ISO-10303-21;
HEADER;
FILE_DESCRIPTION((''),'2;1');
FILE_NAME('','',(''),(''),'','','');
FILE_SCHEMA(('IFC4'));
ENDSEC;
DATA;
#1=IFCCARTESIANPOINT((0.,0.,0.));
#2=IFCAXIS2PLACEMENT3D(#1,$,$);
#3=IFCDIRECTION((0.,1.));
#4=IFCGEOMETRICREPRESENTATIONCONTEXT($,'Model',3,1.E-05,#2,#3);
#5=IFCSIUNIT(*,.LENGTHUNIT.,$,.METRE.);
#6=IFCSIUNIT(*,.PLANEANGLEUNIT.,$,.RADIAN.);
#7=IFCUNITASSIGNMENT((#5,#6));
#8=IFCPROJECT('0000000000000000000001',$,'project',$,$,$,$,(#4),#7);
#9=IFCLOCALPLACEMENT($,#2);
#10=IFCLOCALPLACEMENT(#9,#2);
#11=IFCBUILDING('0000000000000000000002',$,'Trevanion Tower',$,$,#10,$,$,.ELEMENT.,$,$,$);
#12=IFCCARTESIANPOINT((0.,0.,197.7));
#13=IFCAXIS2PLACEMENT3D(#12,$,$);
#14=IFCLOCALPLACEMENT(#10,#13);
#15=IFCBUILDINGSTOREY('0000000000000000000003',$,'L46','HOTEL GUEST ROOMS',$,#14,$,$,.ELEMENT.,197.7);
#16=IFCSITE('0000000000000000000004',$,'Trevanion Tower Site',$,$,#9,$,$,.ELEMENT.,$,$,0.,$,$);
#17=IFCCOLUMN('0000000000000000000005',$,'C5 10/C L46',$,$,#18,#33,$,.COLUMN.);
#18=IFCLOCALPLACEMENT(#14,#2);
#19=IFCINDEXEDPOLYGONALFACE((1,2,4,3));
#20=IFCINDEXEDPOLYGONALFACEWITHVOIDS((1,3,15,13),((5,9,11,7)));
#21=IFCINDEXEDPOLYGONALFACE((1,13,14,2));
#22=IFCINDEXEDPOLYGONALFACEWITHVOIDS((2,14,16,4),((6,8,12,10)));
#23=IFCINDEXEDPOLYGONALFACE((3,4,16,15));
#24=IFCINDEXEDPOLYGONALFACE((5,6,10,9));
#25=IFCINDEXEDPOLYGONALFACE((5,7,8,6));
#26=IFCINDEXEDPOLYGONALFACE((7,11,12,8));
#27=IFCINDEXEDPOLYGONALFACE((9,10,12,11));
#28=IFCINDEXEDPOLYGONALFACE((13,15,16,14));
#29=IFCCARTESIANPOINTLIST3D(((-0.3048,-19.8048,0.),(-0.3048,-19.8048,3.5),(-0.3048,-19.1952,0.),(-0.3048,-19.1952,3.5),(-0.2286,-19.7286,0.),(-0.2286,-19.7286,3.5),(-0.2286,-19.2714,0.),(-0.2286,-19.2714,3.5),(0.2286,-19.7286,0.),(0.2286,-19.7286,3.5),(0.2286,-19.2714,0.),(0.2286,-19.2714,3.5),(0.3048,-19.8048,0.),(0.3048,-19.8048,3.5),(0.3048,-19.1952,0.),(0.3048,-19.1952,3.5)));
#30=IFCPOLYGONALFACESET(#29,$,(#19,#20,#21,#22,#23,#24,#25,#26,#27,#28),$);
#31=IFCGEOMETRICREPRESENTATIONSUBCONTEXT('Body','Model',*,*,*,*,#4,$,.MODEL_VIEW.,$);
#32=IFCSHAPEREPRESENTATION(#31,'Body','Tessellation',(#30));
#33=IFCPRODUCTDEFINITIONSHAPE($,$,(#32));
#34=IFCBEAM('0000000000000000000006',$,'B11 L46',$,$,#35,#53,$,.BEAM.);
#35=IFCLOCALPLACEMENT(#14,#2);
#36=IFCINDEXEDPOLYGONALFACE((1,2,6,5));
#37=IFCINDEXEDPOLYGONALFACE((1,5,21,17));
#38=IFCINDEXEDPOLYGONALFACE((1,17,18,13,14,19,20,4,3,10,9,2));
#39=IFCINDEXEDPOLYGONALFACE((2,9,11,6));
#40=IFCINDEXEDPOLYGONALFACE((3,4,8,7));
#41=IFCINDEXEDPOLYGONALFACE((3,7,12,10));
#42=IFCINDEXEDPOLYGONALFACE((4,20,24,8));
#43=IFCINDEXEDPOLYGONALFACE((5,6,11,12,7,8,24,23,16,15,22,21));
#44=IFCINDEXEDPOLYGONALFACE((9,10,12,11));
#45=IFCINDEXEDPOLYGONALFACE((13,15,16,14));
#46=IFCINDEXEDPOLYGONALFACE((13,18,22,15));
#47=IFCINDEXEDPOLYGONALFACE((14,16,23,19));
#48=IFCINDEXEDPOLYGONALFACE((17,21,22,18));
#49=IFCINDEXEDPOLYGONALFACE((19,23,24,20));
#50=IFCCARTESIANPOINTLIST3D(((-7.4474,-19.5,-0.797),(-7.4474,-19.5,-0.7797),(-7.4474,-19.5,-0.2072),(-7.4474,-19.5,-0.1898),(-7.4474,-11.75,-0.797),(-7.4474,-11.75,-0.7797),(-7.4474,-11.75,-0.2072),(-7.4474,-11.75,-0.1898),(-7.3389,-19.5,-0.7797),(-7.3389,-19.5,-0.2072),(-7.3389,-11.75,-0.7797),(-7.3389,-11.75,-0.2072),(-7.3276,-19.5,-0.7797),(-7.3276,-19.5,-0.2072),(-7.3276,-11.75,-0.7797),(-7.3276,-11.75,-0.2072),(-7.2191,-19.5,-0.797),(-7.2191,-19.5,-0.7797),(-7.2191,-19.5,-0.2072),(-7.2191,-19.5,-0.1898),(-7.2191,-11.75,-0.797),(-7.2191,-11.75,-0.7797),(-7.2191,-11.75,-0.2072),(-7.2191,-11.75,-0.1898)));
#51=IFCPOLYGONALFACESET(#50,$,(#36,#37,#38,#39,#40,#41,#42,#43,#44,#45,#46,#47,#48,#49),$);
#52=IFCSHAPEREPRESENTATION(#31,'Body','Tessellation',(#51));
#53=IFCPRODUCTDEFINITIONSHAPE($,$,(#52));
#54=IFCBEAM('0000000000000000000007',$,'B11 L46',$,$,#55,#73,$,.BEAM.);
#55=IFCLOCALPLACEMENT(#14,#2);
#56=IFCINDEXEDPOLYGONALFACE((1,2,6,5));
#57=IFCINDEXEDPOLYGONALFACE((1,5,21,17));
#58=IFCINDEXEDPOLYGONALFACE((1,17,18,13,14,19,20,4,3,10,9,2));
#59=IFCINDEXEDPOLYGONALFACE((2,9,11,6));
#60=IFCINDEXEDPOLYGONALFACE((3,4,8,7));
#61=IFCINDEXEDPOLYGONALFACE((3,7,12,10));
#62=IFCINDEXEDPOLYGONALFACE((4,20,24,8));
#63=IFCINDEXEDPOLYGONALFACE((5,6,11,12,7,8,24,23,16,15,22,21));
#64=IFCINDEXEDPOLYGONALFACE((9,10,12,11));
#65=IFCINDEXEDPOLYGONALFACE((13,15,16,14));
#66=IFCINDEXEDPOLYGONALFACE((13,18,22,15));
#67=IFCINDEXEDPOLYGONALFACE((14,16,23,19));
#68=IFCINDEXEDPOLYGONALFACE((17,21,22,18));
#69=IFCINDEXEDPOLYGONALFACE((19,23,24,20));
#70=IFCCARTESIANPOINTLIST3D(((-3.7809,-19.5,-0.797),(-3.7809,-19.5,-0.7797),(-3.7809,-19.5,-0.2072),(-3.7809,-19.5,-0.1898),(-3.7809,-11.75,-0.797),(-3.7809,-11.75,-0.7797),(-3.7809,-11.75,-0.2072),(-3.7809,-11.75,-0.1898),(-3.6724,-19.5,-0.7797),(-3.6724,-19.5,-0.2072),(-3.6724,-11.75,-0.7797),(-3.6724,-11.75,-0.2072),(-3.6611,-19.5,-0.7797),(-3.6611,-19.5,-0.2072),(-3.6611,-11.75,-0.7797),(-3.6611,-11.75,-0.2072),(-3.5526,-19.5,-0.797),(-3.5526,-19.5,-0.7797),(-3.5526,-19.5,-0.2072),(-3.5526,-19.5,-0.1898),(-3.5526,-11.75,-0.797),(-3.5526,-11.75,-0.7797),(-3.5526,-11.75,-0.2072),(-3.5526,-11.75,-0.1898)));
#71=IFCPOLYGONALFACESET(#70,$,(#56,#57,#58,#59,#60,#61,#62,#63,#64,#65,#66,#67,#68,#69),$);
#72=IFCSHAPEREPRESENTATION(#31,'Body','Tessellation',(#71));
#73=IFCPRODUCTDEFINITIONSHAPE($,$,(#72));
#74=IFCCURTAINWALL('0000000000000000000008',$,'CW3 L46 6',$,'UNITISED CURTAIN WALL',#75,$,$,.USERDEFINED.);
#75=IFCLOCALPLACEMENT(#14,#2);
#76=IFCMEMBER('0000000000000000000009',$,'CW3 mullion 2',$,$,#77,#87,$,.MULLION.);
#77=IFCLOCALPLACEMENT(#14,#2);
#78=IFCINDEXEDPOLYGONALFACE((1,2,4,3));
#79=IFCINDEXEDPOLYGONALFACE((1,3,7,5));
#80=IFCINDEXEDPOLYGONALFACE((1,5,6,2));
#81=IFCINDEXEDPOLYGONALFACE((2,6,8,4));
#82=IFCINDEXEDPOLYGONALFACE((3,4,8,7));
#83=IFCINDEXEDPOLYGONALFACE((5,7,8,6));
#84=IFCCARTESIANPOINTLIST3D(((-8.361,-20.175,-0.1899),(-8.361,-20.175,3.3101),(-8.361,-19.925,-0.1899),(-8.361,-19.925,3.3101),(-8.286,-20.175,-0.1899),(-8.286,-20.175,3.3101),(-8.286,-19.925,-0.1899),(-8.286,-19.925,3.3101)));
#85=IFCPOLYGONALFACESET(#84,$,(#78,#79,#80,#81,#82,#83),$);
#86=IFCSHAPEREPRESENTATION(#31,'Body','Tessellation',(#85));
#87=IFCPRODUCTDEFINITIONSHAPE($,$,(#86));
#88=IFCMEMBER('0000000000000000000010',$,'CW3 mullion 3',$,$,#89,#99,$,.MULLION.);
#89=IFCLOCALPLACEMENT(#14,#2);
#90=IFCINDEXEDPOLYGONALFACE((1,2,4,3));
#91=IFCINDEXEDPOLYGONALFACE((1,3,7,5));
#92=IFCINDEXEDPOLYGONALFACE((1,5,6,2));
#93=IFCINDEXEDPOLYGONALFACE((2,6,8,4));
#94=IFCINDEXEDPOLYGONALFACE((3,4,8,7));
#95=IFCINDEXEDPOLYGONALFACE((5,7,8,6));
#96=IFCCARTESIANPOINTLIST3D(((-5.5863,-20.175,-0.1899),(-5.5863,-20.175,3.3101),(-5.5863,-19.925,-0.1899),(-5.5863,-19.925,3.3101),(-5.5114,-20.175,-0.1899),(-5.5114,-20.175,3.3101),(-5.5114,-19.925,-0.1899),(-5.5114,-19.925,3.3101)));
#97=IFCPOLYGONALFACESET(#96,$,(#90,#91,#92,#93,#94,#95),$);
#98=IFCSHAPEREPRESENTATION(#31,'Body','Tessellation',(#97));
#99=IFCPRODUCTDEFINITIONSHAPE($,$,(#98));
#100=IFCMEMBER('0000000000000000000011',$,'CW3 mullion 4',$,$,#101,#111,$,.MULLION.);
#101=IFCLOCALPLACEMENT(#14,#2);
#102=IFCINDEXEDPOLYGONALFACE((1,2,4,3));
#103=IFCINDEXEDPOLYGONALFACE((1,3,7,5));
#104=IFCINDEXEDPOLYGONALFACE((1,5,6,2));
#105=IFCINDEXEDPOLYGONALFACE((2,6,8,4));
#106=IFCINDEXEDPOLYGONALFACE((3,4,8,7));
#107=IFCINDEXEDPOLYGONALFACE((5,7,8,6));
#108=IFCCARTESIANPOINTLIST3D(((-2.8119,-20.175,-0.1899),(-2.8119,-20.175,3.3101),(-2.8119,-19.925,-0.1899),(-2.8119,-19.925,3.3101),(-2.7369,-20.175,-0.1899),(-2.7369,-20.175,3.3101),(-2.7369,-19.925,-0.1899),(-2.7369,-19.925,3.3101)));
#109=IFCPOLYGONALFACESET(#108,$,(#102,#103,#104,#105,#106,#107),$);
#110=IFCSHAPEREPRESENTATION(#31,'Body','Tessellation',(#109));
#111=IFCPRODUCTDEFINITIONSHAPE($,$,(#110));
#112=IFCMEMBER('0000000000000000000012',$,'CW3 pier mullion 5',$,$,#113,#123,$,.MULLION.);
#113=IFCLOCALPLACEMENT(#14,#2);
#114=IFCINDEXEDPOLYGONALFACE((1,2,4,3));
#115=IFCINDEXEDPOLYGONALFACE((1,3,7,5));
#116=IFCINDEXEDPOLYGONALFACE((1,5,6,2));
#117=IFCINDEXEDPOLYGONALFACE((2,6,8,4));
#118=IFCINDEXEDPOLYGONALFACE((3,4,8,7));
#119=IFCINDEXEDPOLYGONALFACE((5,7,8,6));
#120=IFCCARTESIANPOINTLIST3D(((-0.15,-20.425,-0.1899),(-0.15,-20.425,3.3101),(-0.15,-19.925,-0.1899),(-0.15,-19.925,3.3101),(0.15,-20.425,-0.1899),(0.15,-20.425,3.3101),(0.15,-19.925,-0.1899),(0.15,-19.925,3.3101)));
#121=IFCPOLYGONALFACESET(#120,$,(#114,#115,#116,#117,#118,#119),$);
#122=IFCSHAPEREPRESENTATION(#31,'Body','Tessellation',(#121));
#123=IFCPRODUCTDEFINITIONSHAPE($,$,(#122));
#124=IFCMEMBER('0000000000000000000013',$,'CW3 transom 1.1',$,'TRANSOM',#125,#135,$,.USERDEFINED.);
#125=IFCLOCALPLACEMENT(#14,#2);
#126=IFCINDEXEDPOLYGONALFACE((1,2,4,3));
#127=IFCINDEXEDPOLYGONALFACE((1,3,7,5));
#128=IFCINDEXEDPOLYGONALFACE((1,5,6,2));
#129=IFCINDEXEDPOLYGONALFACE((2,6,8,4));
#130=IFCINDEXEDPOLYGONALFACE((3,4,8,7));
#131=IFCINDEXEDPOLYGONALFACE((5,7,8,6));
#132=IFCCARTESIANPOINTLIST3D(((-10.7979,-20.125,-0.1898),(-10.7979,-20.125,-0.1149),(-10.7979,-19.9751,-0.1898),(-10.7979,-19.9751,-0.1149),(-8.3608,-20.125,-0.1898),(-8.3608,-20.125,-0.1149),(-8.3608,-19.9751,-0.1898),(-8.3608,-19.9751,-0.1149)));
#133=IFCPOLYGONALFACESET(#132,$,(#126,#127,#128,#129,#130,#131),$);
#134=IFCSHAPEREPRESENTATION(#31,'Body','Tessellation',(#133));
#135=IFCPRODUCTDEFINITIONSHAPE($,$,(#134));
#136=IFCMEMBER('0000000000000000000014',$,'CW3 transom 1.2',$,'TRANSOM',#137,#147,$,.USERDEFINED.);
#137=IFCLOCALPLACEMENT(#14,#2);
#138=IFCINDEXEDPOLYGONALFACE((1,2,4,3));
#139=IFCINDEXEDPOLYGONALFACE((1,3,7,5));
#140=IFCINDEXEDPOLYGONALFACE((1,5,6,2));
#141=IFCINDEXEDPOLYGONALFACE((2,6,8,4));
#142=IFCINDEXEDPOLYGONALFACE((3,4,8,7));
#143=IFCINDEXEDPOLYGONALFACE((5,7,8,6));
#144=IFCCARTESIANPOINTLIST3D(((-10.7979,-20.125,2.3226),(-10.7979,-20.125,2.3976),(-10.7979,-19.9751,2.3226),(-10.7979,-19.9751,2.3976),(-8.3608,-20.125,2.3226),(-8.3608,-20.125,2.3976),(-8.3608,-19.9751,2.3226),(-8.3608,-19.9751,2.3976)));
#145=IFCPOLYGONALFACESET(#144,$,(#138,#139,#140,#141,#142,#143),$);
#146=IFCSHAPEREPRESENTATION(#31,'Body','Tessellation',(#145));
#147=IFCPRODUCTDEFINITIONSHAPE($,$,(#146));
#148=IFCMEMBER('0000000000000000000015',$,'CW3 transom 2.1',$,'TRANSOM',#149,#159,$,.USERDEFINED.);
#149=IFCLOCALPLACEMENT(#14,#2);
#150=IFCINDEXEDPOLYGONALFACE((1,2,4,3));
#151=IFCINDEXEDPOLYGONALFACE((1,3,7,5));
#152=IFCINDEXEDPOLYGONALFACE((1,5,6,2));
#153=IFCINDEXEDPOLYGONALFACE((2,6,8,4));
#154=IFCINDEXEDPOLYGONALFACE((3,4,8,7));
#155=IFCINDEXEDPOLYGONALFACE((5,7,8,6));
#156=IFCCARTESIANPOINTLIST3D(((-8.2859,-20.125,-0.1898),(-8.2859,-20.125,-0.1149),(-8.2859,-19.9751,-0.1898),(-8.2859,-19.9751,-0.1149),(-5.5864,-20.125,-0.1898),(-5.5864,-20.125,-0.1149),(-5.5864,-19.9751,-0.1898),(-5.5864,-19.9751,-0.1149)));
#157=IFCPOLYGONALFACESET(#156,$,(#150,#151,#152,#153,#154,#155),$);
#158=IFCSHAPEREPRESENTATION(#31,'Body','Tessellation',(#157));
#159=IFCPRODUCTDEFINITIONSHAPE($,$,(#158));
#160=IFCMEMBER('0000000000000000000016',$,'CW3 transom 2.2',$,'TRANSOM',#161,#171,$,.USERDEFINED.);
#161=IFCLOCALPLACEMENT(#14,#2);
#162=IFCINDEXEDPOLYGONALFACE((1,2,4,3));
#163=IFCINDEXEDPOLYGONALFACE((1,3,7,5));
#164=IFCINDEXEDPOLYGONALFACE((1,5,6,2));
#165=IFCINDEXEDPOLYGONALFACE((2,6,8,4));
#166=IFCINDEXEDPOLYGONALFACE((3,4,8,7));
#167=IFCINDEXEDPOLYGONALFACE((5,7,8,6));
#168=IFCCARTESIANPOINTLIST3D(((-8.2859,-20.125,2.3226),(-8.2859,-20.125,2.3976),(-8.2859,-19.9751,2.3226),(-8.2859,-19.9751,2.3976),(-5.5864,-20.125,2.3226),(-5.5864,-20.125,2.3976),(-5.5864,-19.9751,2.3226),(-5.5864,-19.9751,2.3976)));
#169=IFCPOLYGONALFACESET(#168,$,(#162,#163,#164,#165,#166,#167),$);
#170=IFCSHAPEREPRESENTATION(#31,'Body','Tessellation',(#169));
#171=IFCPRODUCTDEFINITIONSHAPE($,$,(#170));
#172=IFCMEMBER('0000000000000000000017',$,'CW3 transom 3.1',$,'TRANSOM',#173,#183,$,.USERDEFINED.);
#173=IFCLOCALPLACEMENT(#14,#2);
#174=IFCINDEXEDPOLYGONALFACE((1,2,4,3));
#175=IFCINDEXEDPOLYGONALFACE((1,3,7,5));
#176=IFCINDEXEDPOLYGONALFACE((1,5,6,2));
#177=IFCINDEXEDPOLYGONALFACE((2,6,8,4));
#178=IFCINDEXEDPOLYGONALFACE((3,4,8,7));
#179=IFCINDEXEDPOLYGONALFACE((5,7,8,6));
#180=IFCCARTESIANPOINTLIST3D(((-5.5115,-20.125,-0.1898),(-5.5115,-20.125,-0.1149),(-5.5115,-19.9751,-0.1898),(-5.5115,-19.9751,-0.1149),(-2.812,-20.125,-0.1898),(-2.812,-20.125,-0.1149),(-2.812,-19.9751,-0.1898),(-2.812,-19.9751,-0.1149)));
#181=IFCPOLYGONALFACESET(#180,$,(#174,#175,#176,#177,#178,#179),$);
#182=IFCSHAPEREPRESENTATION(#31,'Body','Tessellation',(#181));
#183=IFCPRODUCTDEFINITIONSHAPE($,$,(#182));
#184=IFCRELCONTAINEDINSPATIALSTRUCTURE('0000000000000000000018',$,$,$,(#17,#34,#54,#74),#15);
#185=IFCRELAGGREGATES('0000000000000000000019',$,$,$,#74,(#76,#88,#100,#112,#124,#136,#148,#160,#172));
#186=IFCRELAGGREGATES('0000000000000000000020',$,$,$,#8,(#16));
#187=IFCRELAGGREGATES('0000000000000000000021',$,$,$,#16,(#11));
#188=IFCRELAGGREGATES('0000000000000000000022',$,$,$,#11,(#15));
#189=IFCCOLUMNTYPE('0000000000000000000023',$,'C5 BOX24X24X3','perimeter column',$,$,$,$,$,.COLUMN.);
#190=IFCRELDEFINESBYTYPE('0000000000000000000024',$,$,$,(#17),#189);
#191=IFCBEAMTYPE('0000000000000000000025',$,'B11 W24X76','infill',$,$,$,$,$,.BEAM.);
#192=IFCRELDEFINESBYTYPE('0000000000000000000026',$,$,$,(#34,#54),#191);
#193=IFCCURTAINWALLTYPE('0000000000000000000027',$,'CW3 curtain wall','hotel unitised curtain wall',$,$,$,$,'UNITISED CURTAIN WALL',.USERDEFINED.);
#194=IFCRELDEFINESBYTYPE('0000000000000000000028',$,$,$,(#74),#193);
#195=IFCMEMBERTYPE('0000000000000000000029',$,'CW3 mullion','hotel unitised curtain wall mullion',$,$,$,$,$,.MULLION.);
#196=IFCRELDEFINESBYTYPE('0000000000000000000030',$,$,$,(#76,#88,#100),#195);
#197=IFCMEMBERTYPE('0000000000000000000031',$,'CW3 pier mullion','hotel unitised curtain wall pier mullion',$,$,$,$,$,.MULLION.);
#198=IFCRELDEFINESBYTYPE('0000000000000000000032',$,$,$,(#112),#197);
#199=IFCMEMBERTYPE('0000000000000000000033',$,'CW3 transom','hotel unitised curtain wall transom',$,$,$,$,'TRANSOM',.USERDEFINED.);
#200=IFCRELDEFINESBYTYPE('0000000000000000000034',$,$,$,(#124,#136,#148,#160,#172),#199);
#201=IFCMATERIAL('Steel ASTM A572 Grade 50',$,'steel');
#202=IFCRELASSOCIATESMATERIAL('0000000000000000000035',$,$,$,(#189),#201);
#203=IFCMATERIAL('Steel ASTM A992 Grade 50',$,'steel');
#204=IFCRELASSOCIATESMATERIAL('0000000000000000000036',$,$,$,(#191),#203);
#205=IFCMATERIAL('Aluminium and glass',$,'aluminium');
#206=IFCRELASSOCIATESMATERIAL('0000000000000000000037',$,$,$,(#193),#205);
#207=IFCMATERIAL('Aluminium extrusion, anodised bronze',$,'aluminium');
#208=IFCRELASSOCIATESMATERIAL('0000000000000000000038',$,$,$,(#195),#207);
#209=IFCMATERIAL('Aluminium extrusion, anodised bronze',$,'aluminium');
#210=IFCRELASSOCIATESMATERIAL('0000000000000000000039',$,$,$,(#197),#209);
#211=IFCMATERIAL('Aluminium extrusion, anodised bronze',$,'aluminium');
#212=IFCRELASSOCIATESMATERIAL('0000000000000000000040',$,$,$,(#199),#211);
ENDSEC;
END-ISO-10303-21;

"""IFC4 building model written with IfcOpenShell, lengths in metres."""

from ifc_helpers import new_model, si_unit, direction, frame, origin, origin_2d, place, context, subcontext, project, spatial, rectangle, hollow_rectangle, i_section, extrude, material, material_profile, profile_set, type_object, element, aggregate, save


model = new_model("IFC4")

# Units and contexts
model_context = context("Model", 3, precision=1e-05, world=origin(), true_north=direction((0.0, 1.0)))
body_context = subcontext(model_context, "Body", "Model", "MODEL_VIEW")
ifc_project = project(units=[si_unit("LENGTHUNIT", "METRE"), si_unit("PLANEANGLEUNIT", "RADIAN")], contexts=[model_context])

# Site, building, storey
site_placement = place(None, origin())
site = spatial("IfcSite", under=ifc_project, at=site_placement, Name="Trevanion Tower Site", CompositionType="ELEMENT", RefElevation=0.0)
building_placement = place(site_placement, origin())
building = spatial("IfcBuilding", under=site, at=building_placement, Name="Trevanion Tower", CompositionType="ELEMENT")
storey_placement = place(building_placement, frame((0.0, 0.0, 197.7)))
storey = spatial("IfcBuildingStorey", under=building, at=storey_placement, Name="L46", Description="HOTEL GUEST ROOMS", CompositionType="ELEMENT", Elevation=197.7)

# Column
ifc_material_1 = material(Name="Steel ASTM A572 Grade 50", Category="steel")
ifc_material_profile_1 = material_profile(ifc_material_1, hollow_rectangle(XDim=0.6096, YDim=0.6096, WallThickness=0.0762, at=origin_2d()), Name="BOX24X24X3")
ifc_profile_set_1 = profile_set([ifc_material_profile_1], Name="Steel ASTM A572 Grade 50")
column_type = type_object("IfcColumnType", Name="C5 BOX24X24X3", Description="perimeter column", PredefinedType="COLUMN", material=ifc_profile_set_1)
column_placement = place(storey_placement, frame((0.0, -19.5, 0.0), z_axis=(0.0, 0.0, 1.0), x_axis=(1.0, 0.0, 0.0)))
element("IfcColumn", 1, at=column_placement, inside=storey, type_object=column_type, Name="C5 10/C L46", PredefinedType="COLUMN", context=body_context, shape_type="SweptSolid", body=[
    extrude(hollow_rectangle(XDim=0.6096, YDim=0.6096, WallThickness=0.0762, at=origin_2d()), origin(), (0.0, 0.0, 1.0), 3.5),
])

# Beams
ifc_material_2 = material(Name="Steel ASTM A992 Grade 50", Category="steel")
ifc_material_profile_2 = material_profile(ifc_material_2, i_section(OverallWidth=0.2283, OverallDepth=0.6072, WebThickness=0.0112, FlangeThickness=0.0173, at=origin_2d()), Name="W24X76")
ifc_profile_set_2 = profile_set([ifc_material_profile_2], Name="Steel ASTM A992 Grade 50")
beam_type_1 = type_object("IfcBeamType", Name="B11 W24X76", Description="infill", PredefinedType="BEAM", material=ifc_profile_set_2)
for number, where, z_axis, x_axis, name in (
    (2, (-7.3333, -11.75, -0.4934), (0.0, -1.0, 0.0), (1.0, 0.0, 0.0), "B11 L46"),
    (3, (-3.6667, -11.75, -0.4934), (0.0, -1.0, 0.0), (1.0, 0.0, 0.0), "B11 L46"),
):
    element("IfcBeam", number, at=place(storey_placement, frame(where, z_axis=z_axis, x_axis=x_axis)), inside=storey, type_object=beam_type_1, Name=name, PredefinedType="BEAM", context=body_context, shape_type="SweptSolid", body=[
        extrude(i_section(OverallWidth=0.2283, OverallDepth=0.6072, WebThickness=0.0112, FlangeThickness=0.0173, at=origin_2d()), origin(), (0.0, 0.0, 1.0), 7.75),
    ])

# Curtain wall, members
ifc_material_3 = material(Name="Aluminium and glass", Category="aluminium")
curtain_wall_type = type_object("IfcCurtainWallType", Name="CW3 curtain wall", Description="hotel unitised curtain wall", ElementType="UNITISED CURTAIN WALL", PredefinedType="USERDEFINED", material=ifc_material_3)
curtain_wall_placement = place(storey_placement, origin())
curtain_wall = element("IfcCurtainWall", 4, at=curtain_wall_placement, inside=storey, type_object=curtain_wall_type, Name="CW3 L46 6", ObjectType="UNITISED CURTAIN WALL", PredefinedType="USERDEFINED")
ifc_material_4 = material(Name="Aluminium extrusion, anodised bronze", Category="aluminium")
ifc_material_profile_3 = material_profile(ifc_material_4, rectangle(XDim=0.075, YDim=0.25, at=origin_2d()), Name="CW3 mullion")
ifc_profile_set_3 = profile_set([ifc_material_profile_3], Name="Aluminium extrusion, anodised bronze")
member_type_1 = type_object("IfcMemberType", Name="CW3 mullion", Description="hotel unitised curtain wall mullion", PredefinedType="MULLION", material=ifc_profile_set_3)
member_1_placement = place(storey_placement, frame((-8.3235, -20.05, -0.1899), z_axis=(0.0, 0.0, 1.0), x_axis=(1.0, 0.0, 0.0)))
member_1 = element("IfcMember", 5, at=member_1_placement, type_object=member_type_1, Name="CW3 mullion 2", PredefinedType="MULLION", context=body_context, shape_type="SweptSolid", body=[
    extrude(rectangle(XDim=0.075, YDim=0.25, at=origin_2d()), origin(), (0.0, 0.0, 1.0), 3.5),
])
member_2_placement = place(storey_placement, frame((-5.5488, -20.05, -0.1899), z_axis=(0.0, 0.0, 1.0), x_axis=(1.0, 0.0, 0.0)))
member_2 = element("IfcMember", 6, at=member_2_placement, type_object=member_type_1, Name="CW3 mullion 3", PredefinedType="MULLION", context=body_context, shape_type="SweptSolid", body=[
    extrude(rectangle(XDim=0.075, YDim=0.25, at=origin_2d()), origin(), (0.0, 0.0, 1.0), 3.5),
])
member_3_placement = place(storey_placement, frame((-2.7744, -20.05, -0.1899), z_axis=(0.0, 0.0, 1.0), x_axis=(1.0, 0.0, 0.0)))
member_3 = element("IfcMember", 7, at=member_3_placement, type_object=member_type_1, Name="CW3 mullion 4", PredefinedType="MULLION", context=body_context, shape_type="SweptSolid", body=[
    extrude(rectangle(XDim=0.075, YDim=0.25, at=origin_2d()), origin(), (0.0, 0.0, 1.0), 3.5),
])
ifc_material_5 = material(Name="Aluminium extrusion, anodised bronze", Category="aluminium")
ifc_material_profile_4 = material_profile(ifc_material_5, rectangle(XDim=0.3, YDim=0.5, at=origin_2d()), Name="CW3 pier mullion")
ifc_profile_set_4 = profile_set([ifc_material_profile_4], Name="Aluminium extrusion, anodised bronze")
member_type_2 = type_object("IfcMemberType", Name="CW3 pier mullion", Description="hotel unitised curtain wall pier mullion", PredefinedType="MULLION", material=ifc_profile_set_4)
member_4_placement = place(storey_placement, frame((0.0, -20.175, -0.1899), z_axis=(0.0, 0.0, 1.0), x_axis=(1.0, 0.0, 0.0)))
member_4 = element("IfcMember", 8, at=member_4_placement, type_object=member_type_2, Name="CW3 pier mullion 5", PredefinedType="MULLION", context=body_context, shape_type="SweptSolid", body=[
    extrude(rectangle(XDim=0.3, YDim=0.5, at=origin_2d()), origin(), (0.0, 0.0, 1.0), 3.5),
])
ifc_material_6 = material(Name="Aluminium extrusion, anodised bronze", Category="aluminium")
ifc_material_profile_5 = material_profile(ifc_material_6, rectangle(XDim=0.1499, YDim=0.075, at=origin_2d()), Name="CW3 transom")
ifc_profile_set_5 = profile_set([ifc_material_profile_5], Name="Aluminium extrusion, anodised bronze")
member_type_3 = type_object("IfcMemberType", Name="CW3 transom", Description="hotel unitised curtain wall transom", ElementType="TRANSOM", PredefinedType="USERDEFINED", material=ifc_profile_set_5)
member_5_placement = place(storey_placement, frame((-10.7979, -20.05, -0.1523), z_axis=(1.0, 0.0, 0.0), x_axis=(0.0, 1.0, 0.0)))
member_5 = element("IfcMember", 9, at=member_5_placement, type_object=member_type_3, Name="CW3 transom 1.1", ObjectType="TRANSOM", PredefinedType="USERDEFINED", context=body_context, shape_type="SweptSolid", body=[
    extrude(rectangle(XDim=0.1499, YDim=0.075, at=origin_2d()), origin(), (0.0, 0.0, 1.0), 2.437),
])
member_6_placement = place(storey_placement, frame((-10.7979, -20.05, 2.3601), z_axis=(1.0, 0.0, 0.0), x_axis=(0.0, 1.0, 0.0)))
member_6 = element("IfcMember", 10, at=member_6_placement, type_object=member_type_3, Name="CW3 transom 1.2", ObjectType="TRANSOM", PredefinedType="USERDEFINED", context=body_context, shape_type="SweptSolid", body=[
    extrude(rectangle(XDim=0.1499, YDim=0.075, at=origin_2d()), origin(), (0.0, 0.0, 1.0), 2.437),
])
member_7_placement = place(storey_placement, frame((-8.2859, -20.05, -0.1523), z_axis=(1.0, 0.0, 0.0), x_axis=(0.0, 1.0, 0.0)))
member_7 = element("IfcMember", 11, at=member_7_placement, type_object=member_type_3, Name="CW3 transom 2.1", ObjectType="TRANSOM", PredefinedType="USERDEFINED", context=body_context, shape_type="SweptSolid", body=[
    extrude(rectangle(XDim=0.1499, YDim=0.075, at=origin_2d()), origin(), (0.0, 0.0, 1.0), 2.6995),
])
member_8_placement = place(storey_placement, frame((-8.2859, -20.05, 2.3601), z_axis=(1.0, 0.0, 0.0), x_axis=(0.0, 1.0, 0.0)))
member_8 = element("IfcMember", 12, at=member_8_placement, type_object=member_type_3, Name="CW3 transom 2.2", ObjectType="TRANSOM", PredefinedType="USERDEFINED", context=body_context, shape_type="SweptSolid", body=[
    extrude(rectangle(XDim=0.1499, YDim=0.075, at=origin_2d()), origin(), (0.0, 0.0, 1.0), 2.6995),
])
member_9_placement = place(storey_placement, frame((-5.5115, -20.05, -0.1523), z_axis=(1.0, 0.0, 0.0), x_axis=(0.0, 1.0, 0.0)))
member_9 = element("IfcMember", 13, at=member_9_placement, type_object=member_type_3, Name="CW3 transom 3.1", ObjectType="TRANSOM", PredefinedType="USERDEFINED", context=body_context, shape_type="SweptSolid", body=[
    extrude(rectangle(XDim=0.1499, YDim=0.075, at=origin_2d()), origin(), (0.0, 0.0, 1.0), 2.6995),
])

aggregate(curtain_wall, [member_1, member_2, member_3, member_4, member_5, member_6, member_7, member_8, member_9])

save(model, "model.ifc")
